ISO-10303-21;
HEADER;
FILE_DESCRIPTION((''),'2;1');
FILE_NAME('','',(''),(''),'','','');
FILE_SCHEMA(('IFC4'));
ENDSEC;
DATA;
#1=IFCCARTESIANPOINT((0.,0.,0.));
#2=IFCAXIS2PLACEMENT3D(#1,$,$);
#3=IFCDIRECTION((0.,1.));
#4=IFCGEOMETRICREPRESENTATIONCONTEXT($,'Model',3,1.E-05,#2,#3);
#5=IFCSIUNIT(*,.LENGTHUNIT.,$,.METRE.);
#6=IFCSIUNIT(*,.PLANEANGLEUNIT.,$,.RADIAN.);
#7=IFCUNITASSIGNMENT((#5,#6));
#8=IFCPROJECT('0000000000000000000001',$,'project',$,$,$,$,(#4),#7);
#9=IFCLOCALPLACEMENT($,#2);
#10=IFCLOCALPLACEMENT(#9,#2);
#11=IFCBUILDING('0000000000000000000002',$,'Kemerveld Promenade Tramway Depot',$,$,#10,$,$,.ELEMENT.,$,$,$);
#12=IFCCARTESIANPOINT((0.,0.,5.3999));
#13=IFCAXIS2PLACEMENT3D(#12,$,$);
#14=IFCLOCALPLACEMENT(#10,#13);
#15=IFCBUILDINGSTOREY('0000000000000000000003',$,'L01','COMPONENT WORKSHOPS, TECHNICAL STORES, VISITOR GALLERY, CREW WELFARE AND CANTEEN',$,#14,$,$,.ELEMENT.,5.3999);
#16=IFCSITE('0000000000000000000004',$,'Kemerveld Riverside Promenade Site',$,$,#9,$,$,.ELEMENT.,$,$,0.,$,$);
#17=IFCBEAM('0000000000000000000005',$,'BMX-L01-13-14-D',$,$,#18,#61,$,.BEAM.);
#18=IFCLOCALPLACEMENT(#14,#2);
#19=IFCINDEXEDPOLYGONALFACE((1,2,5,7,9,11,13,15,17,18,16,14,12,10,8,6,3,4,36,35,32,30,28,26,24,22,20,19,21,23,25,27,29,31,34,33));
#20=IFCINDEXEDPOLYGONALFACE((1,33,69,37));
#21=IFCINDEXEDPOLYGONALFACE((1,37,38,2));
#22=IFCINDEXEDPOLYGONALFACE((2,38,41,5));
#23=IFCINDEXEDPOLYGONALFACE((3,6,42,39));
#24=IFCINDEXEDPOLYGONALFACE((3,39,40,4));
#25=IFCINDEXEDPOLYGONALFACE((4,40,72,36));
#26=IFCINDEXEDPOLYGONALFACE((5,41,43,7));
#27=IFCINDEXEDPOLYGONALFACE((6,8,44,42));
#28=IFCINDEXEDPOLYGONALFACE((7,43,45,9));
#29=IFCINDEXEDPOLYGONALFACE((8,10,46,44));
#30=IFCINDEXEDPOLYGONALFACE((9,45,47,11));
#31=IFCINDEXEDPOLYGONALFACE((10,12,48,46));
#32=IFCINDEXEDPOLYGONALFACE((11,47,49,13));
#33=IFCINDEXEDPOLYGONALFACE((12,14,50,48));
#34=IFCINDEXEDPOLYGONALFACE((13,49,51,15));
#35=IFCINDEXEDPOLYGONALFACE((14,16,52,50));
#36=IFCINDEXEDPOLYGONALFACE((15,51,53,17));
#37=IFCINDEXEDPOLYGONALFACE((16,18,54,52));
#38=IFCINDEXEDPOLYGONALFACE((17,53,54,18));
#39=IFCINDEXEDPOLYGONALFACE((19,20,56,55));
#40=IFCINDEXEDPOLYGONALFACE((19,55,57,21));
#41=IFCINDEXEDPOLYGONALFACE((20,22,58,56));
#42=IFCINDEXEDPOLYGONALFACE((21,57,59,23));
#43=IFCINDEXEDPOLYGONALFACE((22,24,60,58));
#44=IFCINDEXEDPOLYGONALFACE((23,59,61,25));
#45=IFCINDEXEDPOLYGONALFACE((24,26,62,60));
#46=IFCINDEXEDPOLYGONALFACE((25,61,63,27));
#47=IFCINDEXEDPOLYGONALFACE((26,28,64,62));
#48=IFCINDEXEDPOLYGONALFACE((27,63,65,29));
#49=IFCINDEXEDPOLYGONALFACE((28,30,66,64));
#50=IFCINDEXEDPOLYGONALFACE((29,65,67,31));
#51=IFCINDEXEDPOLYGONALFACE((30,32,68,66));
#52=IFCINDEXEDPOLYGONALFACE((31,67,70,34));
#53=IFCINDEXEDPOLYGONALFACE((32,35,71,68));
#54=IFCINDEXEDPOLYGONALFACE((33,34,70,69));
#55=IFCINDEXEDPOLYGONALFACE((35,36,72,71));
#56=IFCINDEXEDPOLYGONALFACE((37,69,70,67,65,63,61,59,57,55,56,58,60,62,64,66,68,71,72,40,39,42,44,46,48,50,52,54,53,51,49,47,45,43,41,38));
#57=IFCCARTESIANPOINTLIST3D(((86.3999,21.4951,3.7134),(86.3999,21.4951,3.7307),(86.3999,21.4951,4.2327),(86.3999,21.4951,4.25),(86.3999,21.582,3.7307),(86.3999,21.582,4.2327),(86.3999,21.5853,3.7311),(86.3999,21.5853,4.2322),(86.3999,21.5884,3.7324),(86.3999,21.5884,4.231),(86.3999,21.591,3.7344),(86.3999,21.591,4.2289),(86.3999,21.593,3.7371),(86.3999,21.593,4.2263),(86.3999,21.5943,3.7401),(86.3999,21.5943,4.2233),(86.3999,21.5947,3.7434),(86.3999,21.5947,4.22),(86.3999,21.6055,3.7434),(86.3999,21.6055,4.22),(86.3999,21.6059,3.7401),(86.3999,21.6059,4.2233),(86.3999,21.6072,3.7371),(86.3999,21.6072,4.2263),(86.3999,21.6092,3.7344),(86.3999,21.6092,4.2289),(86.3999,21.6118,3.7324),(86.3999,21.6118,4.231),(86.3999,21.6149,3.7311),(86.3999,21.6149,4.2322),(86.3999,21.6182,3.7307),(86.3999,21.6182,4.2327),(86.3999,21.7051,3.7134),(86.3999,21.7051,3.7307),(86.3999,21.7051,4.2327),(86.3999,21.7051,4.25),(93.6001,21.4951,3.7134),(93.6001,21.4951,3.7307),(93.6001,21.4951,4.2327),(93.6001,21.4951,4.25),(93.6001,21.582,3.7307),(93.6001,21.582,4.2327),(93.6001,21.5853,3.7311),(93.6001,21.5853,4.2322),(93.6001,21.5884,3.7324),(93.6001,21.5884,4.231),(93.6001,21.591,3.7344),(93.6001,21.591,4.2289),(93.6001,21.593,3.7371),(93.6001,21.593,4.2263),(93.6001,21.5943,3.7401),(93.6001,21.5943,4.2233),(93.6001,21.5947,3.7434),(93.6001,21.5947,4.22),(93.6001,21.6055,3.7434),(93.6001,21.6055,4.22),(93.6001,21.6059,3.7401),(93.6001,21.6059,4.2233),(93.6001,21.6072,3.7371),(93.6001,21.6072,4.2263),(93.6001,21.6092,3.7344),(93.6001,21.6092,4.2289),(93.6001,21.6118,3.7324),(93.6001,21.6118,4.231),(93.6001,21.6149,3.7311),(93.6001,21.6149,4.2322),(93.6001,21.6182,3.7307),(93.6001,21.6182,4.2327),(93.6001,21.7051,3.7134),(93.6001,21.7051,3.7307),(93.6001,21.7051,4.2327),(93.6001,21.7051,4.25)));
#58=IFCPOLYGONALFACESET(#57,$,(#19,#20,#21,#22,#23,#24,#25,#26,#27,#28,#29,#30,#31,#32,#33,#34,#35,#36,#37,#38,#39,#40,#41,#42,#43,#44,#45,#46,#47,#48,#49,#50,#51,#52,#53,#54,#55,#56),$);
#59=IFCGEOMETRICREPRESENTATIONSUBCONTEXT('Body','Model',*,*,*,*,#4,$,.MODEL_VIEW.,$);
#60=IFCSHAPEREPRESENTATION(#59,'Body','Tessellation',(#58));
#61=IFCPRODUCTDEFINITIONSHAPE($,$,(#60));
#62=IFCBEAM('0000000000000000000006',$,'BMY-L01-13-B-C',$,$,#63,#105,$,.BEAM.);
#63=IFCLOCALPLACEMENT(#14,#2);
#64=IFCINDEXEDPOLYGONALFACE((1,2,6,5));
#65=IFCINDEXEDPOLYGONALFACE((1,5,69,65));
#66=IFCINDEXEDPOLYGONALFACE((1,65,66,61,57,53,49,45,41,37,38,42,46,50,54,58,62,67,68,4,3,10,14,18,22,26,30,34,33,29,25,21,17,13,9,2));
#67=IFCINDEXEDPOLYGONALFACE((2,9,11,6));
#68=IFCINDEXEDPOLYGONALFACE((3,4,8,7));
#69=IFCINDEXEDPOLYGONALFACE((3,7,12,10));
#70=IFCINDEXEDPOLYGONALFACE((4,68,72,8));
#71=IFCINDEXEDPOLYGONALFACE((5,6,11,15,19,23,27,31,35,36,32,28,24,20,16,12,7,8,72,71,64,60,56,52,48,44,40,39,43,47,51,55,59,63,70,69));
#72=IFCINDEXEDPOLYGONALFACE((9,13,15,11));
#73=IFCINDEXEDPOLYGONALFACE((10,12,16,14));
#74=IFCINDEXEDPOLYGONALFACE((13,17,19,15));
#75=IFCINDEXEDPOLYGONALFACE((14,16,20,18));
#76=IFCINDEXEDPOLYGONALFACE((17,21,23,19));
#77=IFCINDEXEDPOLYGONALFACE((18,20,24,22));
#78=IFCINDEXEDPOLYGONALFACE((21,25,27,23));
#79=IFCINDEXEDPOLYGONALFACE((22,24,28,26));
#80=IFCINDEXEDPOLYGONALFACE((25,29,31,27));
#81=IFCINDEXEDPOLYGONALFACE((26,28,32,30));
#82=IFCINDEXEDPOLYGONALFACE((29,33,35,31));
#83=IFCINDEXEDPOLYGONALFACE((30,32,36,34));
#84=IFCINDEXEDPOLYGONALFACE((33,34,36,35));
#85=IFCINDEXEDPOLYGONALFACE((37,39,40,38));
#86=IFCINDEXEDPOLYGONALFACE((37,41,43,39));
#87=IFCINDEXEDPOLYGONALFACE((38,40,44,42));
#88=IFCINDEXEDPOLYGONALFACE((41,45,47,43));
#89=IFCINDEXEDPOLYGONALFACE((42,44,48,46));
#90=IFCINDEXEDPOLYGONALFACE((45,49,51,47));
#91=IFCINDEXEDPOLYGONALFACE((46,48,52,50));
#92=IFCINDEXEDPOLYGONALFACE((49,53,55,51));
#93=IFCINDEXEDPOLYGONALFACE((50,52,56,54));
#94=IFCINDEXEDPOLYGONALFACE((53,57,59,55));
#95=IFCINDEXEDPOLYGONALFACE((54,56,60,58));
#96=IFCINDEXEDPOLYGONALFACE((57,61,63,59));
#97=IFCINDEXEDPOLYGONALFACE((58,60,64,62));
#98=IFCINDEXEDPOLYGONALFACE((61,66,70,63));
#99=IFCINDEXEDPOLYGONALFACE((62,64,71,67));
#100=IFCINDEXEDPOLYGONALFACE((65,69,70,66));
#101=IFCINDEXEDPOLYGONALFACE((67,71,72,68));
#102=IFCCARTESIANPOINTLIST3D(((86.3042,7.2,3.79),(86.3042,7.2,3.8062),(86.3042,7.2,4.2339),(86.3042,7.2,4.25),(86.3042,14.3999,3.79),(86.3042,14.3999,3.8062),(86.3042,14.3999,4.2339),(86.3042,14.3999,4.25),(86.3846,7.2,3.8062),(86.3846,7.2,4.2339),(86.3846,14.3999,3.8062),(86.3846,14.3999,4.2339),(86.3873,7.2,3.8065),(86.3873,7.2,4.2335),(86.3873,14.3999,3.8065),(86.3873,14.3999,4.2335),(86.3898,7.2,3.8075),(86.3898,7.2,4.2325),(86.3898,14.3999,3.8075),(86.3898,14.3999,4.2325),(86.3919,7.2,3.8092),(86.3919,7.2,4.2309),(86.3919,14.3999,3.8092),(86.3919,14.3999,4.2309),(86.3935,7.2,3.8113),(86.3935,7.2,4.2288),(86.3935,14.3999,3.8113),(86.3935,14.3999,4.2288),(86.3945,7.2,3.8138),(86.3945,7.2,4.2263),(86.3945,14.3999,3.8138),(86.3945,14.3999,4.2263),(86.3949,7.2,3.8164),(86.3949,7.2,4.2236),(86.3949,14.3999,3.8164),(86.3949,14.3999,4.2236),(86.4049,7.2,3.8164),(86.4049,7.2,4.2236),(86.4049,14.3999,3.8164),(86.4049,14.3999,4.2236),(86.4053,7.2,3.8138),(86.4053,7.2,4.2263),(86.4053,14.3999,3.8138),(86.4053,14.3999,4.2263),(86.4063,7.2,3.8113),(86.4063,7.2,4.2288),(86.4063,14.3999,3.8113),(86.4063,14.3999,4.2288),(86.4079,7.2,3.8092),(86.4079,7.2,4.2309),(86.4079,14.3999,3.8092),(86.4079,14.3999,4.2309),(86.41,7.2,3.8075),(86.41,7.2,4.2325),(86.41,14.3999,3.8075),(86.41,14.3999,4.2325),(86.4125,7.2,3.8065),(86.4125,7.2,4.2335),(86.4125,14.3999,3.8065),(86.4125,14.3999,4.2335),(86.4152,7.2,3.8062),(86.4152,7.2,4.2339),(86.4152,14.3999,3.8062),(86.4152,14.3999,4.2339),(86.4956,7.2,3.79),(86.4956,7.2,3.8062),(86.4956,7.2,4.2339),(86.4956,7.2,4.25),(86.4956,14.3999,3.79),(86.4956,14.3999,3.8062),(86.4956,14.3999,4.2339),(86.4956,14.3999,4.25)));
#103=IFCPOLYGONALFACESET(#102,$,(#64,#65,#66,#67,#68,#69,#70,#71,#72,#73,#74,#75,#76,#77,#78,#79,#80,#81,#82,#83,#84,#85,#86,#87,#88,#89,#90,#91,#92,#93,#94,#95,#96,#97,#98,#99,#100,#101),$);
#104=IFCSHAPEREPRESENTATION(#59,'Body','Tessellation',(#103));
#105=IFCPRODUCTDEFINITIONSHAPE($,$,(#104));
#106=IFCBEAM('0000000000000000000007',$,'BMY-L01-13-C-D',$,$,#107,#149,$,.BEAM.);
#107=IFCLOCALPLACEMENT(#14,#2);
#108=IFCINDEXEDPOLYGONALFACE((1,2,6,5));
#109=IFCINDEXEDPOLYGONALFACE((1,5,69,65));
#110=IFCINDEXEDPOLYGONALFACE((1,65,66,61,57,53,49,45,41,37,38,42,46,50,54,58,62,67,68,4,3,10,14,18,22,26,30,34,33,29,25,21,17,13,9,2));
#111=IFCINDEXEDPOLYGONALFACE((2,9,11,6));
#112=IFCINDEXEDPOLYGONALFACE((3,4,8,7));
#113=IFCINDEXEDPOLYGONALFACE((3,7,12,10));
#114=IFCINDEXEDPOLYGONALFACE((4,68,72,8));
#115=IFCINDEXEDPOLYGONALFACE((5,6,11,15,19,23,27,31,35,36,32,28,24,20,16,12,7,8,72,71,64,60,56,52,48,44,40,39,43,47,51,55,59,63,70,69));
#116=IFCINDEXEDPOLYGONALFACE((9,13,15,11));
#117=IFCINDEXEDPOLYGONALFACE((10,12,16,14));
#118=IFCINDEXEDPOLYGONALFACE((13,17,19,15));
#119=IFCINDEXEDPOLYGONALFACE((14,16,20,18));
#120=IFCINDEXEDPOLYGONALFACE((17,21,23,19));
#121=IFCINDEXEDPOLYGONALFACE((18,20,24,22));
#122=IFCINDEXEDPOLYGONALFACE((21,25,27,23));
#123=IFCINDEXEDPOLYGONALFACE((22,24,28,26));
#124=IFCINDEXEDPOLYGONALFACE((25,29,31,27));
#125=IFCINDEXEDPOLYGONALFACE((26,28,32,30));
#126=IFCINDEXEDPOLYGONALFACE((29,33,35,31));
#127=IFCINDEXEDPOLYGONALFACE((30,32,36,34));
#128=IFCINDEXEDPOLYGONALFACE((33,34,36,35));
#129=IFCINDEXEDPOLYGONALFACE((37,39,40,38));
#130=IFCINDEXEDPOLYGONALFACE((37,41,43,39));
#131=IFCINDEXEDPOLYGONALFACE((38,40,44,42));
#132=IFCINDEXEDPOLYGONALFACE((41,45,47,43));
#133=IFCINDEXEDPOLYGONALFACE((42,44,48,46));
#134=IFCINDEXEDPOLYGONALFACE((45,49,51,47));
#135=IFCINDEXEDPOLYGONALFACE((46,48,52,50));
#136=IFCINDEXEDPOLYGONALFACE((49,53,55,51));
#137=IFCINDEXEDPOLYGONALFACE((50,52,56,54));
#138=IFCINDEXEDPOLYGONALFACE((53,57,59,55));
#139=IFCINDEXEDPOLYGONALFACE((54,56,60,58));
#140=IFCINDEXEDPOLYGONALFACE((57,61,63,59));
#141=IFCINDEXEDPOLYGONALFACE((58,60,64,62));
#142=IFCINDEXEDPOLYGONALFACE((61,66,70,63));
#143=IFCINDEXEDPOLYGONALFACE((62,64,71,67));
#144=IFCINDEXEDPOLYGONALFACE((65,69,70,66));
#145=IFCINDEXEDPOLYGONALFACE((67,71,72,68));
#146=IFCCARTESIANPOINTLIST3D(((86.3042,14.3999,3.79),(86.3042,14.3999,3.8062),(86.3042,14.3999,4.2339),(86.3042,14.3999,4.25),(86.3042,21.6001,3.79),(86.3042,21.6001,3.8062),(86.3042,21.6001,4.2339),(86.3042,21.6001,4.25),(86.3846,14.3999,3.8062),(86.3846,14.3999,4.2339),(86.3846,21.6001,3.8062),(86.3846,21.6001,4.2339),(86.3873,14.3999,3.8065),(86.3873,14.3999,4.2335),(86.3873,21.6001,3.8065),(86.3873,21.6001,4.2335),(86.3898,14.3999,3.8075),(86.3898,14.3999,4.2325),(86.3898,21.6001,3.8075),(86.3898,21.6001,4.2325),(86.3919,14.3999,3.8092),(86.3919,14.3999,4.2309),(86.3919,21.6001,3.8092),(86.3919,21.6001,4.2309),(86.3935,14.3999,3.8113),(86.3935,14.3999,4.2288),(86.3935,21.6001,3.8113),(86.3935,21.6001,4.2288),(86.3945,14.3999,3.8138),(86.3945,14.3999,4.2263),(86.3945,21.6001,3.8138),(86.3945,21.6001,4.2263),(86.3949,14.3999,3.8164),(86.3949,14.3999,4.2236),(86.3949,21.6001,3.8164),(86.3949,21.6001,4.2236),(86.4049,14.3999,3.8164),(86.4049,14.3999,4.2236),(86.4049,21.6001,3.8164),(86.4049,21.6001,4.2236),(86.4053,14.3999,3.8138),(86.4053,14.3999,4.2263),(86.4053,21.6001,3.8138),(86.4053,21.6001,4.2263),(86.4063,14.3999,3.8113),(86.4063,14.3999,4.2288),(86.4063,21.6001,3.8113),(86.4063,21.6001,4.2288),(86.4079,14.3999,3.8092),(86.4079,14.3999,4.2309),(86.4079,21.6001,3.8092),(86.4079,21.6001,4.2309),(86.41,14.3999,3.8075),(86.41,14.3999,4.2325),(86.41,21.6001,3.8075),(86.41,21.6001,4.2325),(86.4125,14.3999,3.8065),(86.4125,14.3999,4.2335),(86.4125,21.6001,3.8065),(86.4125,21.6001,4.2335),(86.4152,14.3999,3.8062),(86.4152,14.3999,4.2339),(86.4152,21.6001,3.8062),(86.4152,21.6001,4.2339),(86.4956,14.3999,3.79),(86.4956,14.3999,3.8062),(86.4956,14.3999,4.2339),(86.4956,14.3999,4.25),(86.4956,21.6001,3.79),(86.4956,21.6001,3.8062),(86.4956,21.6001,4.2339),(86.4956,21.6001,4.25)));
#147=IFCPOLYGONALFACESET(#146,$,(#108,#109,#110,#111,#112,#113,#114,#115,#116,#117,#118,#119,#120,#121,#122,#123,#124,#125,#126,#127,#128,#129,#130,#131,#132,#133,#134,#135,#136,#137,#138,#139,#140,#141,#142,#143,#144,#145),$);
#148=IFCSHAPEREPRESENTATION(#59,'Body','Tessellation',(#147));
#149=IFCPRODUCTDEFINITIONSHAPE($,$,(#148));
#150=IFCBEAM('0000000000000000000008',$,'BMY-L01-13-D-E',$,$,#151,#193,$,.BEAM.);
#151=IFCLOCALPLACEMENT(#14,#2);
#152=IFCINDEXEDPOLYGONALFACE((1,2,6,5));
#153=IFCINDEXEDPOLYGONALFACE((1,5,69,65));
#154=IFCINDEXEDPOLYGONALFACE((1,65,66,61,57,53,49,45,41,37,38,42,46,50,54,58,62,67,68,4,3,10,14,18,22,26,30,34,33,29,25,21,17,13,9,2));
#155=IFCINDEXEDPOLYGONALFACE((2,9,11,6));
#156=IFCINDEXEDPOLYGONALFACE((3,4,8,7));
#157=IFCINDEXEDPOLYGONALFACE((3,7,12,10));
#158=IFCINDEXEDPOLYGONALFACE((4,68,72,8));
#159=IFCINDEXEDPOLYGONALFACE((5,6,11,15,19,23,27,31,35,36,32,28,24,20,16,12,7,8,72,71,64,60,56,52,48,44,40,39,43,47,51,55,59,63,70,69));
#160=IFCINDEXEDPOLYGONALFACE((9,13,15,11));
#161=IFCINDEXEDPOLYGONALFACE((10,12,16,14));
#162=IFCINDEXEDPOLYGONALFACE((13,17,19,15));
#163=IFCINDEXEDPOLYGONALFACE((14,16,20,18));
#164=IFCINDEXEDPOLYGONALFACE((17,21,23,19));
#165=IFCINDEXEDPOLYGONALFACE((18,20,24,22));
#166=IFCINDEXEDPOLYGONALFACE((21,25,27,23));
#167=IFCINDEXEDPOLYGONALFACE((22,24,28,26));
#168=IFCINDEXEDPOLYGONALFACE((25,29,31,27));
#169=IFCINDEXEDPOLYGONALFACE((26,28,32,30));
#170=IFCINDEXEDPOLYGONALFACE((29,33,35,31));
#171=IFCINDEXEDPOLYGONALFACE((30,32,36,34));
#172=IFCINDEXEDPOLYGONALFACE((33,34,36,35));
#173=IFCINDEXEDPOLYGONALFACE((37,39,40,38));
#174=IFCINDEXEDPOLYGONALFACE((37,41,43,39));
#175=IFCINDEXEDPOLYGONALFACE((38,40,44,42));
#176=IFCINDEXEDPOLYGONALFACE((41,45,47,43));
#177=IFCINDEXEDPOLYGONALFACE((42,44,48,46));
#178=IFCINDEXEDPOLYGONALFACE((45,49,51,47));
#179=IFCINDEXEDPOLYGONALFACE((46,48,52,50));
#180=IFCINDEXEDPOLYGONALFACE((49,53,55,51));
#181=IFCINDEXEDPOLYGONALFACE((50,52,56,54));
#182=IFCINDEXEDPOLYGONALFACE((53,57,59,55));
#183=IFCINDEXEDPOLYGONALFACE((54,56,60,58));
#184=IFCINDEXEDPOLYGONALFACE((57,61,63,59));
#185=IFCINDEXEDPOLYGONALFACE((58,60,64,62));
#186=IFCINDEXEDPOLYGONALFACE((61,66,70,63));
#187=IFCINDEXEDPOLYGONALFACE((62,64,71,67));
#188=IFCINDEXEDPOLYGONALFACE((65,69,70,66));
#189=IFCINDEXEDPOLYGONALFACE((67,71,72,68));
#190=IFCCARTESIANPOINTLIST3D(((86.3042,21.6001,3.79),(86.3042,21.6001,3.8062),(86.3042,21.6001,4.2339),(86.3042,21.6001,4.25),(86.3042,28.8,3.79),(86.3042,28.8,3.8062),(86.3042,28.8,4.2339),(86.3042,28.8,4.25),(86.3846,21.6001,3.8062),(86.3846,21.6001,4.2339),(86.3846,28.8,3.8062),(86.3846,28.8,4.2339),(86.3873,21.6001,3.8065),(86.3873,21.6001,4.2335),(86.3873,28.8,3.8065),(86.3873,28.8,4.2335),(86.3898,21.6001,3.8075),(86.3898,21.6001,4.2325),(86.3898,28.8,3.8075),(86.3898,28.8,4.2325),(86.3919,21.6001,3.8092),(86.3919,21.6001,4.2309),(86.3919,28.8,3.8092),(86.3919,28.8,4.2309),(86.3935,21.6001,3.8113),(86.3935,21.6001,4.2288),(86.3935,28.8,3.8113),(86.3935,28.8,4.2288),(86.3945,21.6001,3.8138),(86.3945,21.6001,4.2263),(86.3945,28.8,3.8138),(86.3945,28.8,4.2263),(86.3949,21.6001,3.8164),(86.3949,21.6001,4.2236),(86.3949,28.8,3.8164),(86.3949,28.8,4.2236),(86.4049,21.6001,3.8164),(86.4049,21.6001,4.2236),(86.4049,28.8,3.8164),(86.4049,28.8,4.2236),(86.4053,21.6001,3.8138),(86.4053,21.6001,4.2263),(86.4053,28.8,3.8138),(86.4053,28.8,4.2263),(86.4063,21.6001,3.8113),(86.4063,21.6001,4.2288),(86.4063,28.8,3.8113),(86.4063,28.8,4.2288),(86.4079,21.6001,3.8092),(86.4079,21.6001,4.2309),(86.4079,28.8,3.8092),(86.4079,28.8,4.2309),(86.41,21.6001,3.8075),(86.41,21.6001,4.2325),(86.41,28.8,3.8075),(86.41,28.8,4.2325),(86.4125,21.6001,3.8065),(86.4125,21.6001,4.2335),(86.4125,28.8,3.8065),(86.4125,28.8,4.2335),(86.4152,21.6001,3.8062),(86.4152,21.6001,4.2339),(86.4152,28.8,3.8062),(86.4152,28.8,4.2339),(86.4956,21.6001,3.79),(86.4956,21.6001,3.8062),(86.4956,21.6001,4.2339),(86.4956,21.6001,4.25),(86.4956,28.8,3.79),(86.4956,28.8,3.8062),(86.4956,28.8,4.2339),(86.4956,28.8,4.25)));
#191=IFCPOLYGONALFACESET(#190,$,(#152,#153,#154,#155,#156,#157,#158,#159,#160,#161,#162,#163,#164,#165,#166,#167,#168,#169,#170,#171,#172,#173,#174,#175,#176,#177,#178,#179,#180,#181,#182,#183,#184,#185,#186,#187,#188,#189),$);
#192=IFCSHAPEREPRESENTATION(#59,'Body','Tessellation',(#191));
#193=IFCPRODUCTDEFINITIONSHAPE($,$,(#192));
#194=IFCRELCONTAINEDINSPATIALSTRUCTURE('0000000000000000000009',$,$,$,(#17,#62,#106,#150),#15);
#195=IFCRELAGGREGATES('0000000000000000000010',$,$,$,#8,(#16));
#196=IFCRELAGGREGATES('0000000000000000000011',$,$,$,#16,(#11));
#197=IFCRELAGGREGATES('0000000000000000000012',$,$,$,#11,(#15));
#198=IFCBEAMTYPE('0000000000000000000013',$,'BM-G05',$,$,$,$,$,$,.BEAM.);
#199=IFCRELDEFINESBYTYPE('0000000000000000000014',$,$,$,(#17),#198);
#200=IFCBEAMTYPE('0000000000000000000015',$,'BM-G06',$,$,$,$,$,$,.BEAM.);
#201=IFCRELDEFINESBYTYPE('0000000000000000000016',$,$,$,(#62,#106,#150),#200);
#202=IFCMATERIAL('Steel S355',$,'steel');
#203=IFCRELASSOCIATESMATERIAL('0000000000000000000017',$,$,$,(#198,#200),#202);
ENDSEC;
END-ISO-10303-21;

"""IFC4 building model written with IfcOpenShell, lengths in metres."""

from ifc_helpers import new_model, si_unit, direction, frame, origin, origin_2d, place, context, subcontext, project, spatial, i_section, extrude, material, material_profile, profile_set, type_object, element, save


model = new_model("IFC4")

# Units and contexts
model_context = context("Model", 3, precision=1e-05, world=origin(), true_north=direction((0.0, 1.0)))
body_context = subcontext(model_context, "Body", "Model", "MODEL_VIEW")
ifc_project = project(units=[si_unit("LENGTHUNIT", "METRE"), si_unit("PLANEANGLEUNIT", "RADIAN")], contexts=[model_context])

# Site, building, storey
site_placement = place(None, origin())
site = spatial("IfcSite", under=ifc_project, at=site_placement, Name="Kemerveld Riverside Promenade Site", CompositionType="ELEMENT", RefElevation=0.0)
building_placement = place(site_placement, origin())
building = spatial("IfcBuilding", under=site, at=building_placement, Name="Kemerveld Promenade Tramway Depot", CompositionType="ELEMENT")
storey_placement = place(building_placement, frame((0.0, 0.0, 5.3999)))
storey = spatial("IfcBuildingStorey", under=building, at=storey_placement, Name="L01", Description="COMPONENT WORKSHOPS, TECHNICAL STORES, VISITOR GALLERY, CREW WELFARE AND CANTEEN", CompositionType="ELEMENT", Elevation=5.3999)

# Shared definitions
ifc_material_1 = material(Name="Steel S355", Category="steel")

# Beams
ifc_material_profile_1 = material_profile(ifc_material_1, i_section(OverallWidth=0.21, OverallDepth=0.5366, WebThickness=0.0107, FlangeThickness=0.0173, FilletRadius=0.0127, at=origin_2d()), Name="533x210x101 UB")
ifc_profile_set_1 = profile_set([ifc_material_profile_1], Name="Steel S355")
beam_type_1 = type_object("IfcBeamType", Name="BM-G05", PredefinedType="BEAM", material=ifc_profile_set_1)
for number, where, z_axis, x_axis, name in (
    (1, (86.3999, 21.6001, 3.9817), (1.0, 0.0, 0.0), (0.0, 1.0, 0.0), "BMX-L01-13-14-D"),
):
    element("IfcBeam", number, at=place(storey_placement, frame(where, z_axis=z_axis, x_axis=x_axis)), inside=storey, type_object=beam_type_1, Name=name, PredefinedType="BEAM", context=body_context, shape_type="SweptSolid", body=[
        extrude(i_section(OverallWidth=0.21, OverallDepth=0.5366, WebThickness=0.0107, FlangeThickness=0.0173, FilletRadius=0.0127, at=origin_2d()), origin(), (0.0, 0.0, 1.0), 7.2002),
    ])
ifc_material_profile_2 = material_profile(ifc_material_1, i_section(OverallWidth=0.1914, OverallDepth=0.46, WebThickness=0.01, FlangeThickness=0.0161, FilletRadius=0.0103, at=origin_2d()), Name="457x191x82 UB")
ifc_profile_set_2 = profile_set([ifc_material_profile_2], Name="Steel S355")
beam_type_2 = type_object("IfcBeamType", Name="BM-G06", PredefinedType="BEAM", material=ifc_profile_set_2)
beam_1_placement = place(storey_placement, frame((86.3999, 7.2, 4.02), z_axis=(0.0, 1.0, 0.0), x_axis=(-1.0, 0.0, 0.0)))
element("IfcBeam", 2, at=beam_1_placement, inside=storey, type_object=beam_type_2, Name="BMY-L01-13-B-C", PredefinedType="BEAM", context=body_context, shape_type="SweptSolid", body=[
    extrude(i_section(OverallWidth=0.1914, OverallDepth=0.46, WebThickness=0.01, FlangeThickness=0.0161, FilletRadius=0.0103, at=origin_2d()), origin(), (0.0, 0.0, 1.0), 7.2),
])
beam_2_placement = place(storey_placement, frame((86.3999, 14.3999, 4.02), z_axis=(0.0, 1.0, 0.0), x_axis=(-1.0, 0.0, 0.0)))
element("IfcBeam", 3, at=beam_2_placement, inside=storey, type_object=beam_type_2, Name="BMY-L01-13-C-D", PredefinedType="BEAM", context=body_context, shape_type="SweptSolid", body=[
    extrude(i_section(OverallWidth=0.1914, OverallDepth=0.46, WebThickness=0.01, FlangeThickness=0.0161, FilletRadius=0.0103, at=origin_2d()), origin(), (0.0, 0.0, 1.0), 7.2002),
])
beam_3_placement = place(storey_placement, frame((86.3999, 21.6001, 4.02), z_axis=(0.0, 1.0, 0.0), x_axis=(-1.0, 0.0, 0.0)))
element("IfcBeam", 4, at=beam_3_placement, inside=storey, type_object=beam_type_2, Name="BMY-L01-13-D-E", PredefinedType="BEAM", context=body_context, shape_type="SweptSolid", body=[
    extrude(i_section(OverallWidth=0.1914, OverallDepth=0.46, WebThickness=0.01, FlangeThickness=0.0161, FilletRadius=0.0103, at=origin_2d()), origin(), (0.0, 0.0, 1.0), 7.2),
])

save(model, "model.ifc")
